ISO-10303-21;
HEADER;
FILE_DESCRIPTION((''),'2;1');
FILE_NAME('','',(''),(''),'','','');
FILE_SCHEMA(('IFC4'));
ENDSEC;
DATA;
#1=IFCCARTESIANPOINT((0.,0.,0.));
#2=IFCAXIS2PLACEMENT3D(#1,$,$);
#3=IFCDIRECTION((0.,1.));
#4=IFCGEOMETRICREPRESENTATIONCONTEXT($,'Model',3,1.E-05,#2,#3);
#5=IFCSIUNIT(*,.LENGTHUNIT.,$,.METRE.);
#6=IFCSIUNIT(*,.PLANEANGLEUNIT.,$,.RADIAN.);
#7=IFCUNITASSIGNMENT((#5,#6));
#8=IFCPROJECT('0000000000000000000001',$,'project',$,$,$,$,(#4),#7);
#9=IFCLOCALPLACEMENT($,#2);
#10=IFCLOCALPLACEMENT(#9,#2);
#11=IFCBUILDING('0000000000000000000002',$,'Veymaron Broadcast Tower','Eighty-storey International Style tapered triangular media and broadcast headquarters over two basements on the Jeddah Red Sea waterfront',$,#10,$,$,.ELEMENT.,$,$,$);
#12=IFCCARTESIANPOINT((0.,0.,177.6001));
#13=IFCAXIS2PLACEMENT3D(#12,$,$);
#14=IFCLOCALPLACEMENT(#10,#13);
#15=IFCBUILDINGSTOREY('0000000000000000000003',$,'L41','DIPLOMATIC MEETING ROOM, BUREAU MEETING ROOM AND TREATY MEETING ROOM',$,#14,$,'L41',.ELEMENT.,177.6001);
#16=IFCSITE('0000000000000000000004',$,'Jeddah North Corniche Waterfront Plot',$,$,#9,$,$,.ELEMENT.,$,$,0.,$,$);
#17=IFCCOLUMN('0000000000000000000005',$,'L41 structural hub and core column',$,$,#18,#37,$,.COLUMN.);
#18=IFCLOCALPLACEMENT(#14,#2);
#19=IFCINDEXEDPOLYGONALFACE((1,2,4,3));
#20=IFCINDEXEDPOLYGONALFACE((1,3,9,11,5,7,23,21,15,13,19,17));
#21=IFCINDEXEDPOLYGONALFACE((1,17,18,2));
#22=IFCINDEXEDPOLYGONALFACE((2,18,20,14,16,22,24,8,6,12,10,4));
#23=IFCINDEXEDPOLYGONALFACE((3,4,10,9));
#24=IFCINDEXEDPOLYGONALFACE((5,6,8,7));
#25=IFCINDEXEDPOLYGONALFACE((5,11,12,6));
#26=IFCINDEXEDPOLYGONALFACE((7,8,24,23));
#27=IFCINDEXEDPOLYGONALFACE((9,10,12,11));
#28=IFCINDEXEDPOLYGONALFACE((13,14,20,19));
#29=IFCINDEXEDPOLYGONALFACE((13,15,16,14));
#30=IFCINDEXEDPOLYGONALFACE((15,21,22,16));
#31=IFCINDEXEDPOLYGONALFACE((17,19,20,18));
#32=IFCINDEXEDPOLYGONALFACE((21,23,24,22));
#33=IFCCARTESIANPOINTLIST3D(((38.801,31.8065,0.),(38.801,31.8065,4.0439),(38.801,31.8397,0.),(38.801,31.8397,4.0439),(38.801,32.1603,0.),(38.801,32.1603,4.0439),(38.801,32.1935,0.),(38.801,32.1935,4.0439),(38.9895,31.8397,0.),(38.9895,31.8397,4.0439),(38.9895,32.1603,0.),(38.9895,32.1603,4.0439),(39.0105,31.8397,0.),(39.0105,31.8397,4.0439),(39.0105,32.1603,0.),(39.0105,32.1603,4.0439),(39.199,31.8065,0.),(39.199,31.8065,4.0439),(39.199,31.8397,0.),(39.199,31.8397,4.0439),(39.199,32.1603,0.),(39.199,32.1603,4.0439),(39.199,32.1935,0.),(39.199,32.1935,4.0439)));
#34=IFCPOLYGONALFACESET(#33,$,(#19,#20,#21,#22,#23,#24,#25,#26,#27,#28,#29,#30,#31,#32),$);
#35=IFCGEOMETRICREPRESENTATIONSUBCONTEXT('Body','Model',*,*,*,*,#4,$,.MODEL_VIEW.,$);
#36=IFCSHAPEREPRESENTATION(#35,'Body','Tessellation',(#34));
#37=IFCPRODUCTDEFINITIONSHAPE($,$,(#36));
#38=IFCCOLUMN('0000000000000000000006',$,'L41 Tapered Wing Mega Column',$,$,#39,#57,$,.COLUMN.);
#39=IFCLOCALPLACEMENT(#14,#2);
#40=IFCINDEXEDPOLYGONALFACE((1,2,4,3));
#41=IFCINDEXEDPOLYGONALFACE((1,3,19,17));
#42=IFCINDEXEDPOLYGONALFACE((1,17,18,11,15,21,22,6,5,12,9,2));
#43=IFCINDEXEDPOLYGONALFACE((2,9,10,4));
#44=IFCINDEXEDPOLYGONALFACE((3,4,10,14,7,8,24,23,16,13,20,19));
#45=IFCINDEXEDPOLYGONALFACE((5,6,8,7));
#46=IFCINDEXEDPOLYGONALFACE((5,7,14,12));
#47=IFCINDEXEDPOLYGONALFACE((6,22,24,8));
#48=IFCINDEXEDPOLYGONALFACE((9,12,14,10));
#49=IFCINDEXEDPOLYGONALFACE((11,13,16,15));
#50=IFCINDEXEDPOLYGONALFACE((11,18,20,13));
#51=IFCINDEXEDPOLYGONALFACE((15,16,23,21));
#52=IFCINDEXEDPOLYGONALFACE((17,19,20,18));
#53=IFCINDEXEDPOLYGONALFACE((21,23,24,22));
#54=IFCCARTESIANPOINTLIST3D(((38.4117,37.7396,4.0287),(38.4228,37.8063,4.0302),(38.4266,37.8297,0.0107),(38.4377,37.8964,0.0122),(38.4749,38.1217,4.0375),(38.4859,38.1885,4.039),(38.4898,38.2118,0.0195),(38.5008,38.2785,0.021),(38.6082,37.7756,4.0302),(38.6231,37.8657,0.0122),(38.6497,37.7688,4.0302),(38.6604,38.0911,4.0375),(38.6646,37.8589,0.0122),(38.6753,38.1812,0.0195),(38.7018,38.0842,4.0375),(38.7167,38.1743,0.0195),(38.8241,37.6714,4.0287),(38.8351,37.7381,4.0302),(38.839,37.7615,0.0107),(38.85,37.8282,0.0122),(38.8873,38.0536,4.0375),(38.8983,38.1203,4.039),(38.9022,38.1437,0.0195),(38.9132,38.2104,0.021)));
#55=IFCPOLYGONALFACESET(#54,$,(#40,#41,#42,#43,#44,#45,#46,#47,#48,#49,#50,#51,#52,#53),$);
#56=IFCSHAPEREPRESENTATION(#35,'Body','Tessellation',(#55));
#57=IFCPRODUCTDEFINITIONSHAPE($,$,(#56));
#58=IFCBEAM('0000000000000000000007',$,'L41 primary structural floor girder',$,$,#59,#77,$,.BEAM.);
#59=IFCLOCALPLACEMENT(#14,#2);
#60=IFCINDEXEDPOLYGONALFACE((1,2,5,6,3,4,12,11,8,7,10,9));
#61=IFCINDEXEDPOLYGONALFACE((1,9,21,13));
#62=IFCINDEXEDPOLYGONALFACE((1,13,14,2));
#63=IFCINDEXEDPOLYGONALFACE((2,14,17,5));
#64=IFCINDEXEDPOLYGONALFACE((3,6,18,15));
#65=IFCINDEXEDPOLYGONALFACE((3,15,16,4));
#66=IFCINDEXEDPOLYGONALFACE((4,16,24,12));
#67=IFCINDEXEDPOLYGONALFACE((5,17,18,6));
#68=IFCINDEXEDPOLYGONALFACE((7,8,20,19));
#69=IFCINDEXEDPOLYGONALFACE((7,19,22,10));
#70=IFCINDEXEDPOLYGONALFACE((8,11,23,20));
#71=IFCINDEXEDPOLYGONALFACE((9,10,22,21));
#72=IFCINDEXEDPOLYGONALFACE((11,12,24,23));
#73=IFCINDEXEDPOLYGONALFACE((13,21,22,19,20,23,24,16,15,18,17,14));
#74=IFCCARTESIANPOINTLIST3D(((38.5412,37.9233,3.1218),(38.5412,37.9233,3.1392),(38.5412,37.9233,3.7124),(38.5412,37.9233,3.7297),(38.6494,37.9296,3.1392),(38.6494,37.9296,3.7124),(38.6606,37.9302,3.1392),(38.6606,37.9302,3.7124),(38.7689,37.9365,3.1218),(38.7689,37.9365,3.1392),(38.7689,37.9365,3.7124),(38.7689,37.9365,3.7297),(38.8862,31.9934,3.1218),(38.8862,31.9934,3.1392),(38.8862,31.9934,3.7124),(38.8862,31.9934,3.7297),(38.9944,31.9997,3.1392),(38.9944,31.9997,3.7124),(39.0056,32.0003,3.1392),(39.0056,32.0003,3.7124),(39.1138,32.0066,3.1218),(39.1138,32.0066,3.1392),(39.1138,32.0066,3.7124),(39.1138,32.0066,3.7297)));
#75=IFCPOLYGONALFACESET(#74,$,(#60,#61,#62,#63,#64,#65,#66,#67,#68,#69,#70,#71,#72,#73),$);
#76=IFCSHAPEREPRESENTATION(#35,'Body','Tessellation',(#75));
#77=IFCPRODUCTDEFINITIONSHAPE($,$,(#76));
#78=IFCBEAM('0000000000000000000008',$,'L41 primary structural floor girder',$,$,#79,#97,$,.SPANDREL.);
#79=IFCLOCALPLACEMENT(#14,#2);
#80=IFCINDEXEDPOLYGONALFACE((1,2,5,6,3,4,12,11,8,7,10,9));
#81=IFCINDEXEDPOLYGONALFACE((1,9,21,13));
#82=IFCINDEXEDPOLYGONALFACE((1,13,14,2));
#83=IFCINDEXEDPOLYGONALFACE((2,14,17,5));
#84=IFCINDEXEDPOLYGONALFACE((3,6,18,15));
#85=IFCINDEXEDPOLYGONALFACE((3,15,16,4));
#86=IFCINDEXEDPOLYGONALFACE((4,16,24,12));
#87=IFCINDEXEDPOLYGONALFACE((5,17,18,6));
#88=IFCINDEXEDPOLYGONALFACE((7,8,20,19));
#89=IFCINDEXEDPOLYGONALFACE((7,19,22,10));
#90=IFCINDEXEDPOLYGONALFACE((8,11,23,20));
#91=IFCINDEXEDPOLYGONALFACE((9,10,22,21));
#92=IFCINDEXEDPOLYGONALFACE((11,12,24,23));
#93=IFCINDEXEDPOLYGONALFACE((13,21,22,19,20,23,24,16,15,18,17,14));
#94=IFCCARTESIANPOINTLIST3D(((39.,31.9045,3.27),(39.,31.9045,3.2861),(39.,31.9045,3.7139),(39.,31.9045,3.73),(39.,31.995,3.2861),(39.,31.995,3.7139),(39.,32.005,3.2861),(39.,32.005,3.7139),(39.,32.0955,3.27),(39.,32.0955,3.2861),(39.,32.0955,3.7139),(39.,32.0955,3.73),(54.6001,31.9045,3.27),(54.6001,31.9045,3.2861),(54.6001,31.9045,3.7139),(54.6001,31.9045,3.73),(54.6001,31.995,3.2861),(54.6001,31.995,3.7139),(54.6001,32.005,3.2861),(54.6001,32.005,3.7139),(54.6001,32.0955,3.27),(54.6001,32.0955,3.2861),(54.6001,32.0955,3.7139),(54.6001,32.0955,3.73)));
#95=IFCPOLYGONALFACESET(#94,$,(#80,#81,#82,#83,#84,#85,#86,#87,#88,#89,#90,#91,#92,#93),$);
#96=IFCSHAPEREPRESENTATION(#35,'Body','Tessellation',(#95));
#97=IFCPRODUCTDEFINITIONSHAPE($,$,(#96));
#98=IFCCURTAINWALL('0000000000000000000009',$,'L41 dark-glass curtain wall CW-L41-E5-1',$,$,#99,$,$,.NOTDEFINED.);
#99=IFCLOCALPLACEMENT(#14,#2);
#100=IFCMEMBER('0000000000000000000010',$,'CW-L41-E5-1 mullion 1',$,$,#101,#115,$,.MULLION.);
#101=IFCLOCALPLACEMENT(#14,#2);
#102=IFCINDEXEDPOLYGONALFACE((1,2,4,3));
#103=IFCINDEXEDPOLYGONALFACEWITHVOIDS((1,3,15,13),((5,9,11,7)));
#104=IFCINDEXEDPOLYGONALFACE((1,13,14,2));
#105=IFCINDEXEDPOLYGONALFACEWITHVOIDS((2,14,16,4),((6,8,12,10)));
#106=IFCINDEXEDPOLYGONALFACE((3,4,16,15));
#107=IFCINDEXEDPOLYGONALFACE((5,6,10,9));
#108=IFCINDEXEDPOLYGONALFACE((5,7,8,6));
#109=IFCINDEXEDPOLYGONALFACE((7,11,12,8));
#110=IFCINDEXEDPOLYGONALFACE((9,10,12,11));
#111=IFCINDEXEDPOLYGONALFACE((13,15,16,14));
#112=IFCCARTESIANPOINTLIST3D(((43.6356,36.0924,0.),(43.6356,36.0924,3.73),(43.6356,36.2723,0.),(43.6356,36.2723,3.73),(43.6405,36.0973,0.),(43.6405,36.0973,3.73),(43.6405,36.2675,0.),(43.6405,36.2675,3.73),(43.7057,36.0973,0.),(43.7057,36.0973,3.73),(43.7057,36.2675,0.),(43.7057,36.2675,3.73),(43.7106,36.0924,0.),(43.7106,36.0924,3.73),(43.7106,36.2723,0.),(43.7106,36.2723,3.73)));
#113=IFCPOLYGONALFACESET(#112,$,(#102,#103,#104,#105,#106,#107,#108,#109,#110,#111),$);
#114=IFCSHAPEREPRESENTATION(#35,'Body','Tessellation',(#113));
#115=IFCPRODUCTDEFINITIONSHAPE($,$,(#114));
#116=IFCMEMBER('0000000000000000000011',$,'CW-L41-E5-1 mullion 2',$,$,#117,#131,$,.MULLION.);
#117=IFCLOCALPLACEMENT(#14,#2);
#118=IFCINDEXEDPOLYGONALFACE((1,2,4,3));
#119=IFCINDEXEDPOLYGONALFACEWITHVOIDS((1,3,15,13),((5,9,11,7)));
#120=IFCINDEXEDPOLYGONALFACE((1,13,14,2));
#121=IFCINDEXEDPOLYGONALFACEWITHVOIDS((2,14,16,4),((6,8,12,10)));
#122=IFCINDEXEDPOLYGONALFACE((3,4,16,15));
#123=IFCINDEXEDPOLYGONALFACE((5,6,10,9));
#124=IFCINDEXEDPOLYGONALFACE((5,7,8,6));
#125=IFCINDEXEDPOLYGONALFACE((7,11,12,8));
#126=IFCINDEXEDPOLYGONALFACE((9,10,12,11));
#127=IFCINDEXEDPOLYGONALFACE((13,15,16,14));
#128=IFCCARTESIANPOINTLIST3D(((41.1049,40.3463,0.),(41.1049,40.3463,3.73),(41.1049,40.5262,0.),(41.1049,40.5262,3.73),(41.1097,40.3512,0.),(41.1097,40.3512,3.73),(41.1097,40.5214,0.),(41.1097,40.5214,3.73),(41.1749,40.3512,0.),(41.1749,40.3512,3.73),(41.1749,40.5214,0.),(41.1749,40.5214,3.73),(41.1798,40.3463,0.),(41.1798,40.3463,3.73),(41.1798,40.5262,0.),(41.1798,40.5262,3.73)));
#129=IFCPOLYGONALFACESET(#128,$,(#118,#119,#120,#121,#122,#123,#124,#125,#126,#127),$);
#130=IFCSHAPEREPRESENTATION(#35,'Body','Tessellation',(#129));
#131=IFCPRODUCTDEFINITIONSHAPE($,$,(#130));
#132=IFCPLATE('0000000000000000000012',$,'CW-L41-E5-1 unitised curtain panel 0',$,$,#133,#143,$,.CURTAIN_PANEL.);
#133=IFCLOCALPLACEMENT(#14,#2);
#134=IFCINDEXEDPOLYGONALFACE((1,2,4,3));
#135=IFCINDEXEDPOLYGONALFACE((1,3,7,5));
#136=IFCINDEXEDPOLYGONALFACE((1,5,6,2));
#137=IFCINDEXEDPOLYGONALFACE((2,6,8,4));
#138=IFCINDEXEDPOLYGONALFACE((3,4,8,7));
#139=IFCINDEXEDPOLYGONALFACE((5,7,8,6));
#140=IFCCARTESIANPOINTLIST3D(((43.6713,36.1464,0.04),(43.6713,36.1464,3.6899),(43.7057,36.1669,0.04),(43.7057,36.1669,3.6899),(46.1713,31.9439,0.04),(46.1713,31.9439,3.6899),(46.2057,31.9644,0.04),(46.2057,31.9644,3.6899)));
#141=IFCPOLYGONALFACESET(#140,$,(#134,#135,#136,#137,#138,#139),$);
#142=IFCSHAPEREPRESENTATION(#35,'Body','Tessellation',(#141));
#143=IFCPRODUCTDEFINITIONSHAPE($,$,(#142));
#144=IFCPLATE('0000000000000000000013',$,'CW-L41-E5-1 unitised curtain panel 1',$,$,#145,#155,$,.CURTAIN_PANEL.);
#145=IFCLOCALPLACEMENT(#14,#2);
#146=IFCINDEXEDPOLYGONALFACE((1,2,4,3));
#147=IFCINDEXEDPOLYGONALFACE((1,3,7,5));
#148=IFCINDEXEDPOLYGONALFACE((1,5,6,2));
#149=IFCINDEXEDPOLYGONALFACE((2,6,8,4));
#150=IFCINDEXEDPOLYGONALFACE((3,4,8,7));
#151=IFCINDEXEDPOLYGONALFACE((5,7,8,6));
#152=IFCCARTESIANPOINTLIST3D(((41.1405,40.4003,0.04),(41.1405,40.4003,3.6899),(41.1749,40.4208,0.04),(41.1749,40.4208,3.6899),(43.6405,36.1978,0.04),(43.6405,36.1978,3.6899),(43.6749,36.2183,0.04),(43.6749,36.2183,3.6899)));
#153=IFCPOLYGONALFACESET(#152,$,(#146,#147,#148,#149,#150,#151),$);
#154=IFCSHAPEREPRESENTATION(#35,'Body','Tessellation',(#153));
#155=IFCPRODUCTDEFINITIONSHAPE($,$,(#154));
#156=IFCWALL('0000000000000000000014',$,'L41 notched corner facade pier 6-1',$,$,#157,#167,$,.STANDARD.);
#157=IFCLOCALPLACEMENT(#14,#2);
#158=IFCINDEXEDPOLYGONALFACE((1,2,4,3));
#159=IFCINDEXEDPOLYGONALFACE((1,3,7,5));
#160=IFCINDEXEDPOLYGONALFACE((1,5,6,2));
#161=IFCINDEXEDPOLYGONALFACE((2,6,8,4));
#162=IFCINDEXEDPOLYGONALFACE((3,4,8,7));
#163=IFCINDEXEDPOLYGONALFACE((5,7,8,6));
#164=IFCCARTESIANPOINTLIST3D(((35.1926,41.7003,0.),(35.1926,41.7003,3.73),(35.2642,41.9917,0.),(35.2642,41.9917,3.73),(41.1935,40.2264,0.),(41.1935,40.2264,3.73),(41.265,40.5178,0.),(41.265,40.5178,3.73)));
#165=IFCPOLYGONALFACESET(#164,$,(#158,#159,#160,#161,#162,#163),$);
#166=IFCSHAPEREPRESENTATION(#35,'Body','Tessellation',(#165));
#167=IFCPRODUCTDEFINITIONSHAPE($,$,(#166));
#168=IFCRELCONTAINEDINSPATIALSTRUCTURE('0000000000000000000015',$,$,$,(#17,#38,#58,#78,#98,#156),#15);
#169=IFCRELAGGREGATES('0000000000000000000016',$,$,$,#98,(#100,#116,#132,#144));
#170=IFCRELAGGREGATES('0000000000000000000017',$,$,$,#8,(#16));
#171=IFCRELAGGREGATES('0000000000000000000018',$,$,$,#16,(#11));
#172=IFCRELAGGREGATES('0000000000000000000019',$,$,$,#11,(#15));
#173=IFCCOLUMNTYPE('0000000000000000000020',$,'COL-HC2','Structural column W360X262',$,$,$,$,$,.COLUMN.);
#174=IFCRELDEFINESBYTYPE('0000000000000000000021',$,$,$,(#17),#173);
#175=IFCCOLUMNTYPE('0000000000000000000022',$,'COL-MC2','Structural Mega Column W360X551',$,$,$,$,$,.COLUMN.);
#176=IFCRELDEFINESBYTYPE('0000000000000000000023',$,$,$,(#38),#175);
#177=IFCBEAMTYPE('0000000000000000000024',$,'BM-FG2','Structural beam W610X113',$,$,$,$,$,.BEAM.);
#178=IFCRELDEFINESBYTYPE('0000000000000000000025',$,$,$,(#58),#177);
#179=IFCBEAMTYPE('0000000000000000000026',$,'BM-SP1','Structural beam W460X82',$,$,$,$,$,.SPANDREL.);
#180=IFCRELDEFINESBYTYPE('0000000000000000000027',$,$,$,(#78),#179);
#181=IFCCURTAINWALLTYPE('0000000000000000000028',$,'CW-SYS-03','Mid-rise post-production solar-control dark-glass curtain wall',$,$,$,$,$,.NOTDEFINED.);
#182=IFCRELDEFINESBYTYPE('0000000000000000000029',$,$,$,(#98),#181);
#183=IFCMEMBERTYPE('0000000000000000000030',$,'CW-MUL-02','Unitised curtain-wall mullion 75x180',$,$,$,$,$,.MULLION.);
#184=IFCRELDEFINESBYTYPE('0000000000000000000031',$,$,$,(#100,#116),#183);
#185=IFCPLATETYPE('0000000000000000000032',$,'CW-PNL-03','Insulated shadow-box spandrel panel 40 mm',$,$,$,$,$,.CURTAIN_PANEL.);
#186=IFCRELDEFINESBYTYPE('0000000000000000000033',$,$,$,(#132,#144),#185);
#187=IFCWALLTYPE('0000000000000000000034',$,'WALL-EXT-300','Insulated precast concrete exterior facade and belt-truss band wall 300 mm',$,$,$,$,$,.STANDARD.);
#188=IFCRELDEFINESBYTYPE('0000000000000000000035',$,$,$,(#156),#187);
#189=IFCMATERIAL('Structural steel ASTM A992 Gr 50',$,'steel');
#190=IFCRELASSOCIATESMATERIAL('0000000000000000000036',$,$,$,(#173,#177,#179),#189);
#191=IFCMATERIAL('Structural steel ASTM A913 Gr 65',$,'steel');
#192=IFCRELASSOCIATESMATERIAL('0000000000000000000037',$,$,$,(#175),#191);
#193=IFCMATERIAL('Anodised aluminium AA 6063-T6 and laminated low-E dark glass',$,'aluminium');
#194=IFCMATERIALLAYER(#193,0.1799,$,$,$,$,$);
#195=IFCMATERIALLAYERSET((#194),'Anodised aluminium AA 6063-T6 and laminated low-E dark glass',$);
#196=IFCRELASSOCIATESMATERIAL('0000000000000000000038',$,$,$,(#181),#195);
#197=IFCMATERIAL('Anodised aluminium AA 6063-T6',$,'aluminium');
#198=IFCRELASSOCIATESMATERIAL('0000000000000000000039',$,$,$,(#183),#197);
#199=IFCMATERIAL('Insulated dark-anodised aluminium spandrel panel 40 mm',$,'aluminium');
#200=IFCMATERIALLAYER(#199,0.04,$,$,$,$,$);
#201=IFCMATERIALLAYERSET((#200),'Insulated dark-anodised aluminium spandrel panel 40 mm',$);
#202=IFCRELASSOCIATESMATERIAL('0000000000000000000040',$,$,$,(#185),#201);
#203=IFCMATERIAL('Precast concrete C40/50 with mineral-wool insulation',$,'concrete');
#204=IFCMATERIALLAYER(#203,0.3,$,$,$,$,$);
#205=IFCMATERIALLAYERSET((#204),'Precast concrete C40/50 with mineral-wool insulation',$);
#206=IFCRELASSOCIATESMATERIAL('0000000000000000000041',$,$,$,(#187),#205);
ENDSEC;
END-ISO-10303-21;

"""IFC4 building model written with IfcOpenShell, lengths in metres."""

from ifc_helpers import new_model, si_unit, direction, frame, frame_2d, origin, origin_2d, place, context, subcontext, project, spatial, rectangle, hollow_rectangle, i_section, extrude, material, layer, layer_set, material_profile, profile_set, type_object, element, aggregate, save


model = new_model("IFC4")

# Units and contexts
model_context = context("Model", 3, precision=1e-05, world=origin(), true_north=direction((0.0, 1.0)))
body_context = subcontext(model_context, "Body", "Model", "MODEL_VIEW")
ifc_project = project(units=[si_unit("LENGTHUNIT", "METRE"), si_unit("PLANEANGLEUNIT", "RADIAN")], contexts=[model_context])

# Site, building, storey
site_placement = place(None, origin())
site = spatial("IfcSite", under=ifc_project, at=site_placement, Name="Jeddah North Corniche Waterfront Plot", CompositionType="ELEMENT", RefElevation=0.0)
building_placement = place(site_placement, origin())
building = spatial("IfcBuilding", under=site, at=building_placement, Name="Veymaron Broadcast Tower", Description="Eighty-storey International Style tapered triangular media and broadcast headquarters over two basements on the Jeddah Red Sea waterfront", CompositionType="ELEMENT")
storey_placement = place(building_placement, frame((0.0, 0.0, 177.6001)))
storey = spatial("IfcBuildingStorey", under=building, at=storey_placement, Name="L41", Description="DIPLOMATIC MEETING ROOM, BUREAU MEETING ROOM AND TREATY MEETING ROOM", LongName="L41", CompositionType="ELEMENT", Elevation=177.6001)

# Columns
ifc_material_1 = material(Name="Structural steel ASTM A992 Gr 50", Category="steel")
ifc_material_profile_1 = material_profile(ifc_material_1, i_section(OverallWidth=0.3979, OverallDepth=0.387, WebThickness=0.021, FlangeThickness=0.0332, at=origin_2d()), Name="W360X262")
ifc_profile_set_1 = profile_set([ifc_material_profile_1], Name="Structural steel ASTM A992 Gr 50")
column_type_1 = type_object("IfcColumnType", Name="COL-HC2", Description="Structural column W360X262", PredefinedType="COLUMN", material=ifc_profile_set_1)
column_1_placement = place(storey_placement, frame((39.0, 32.0, 0.0), z_axis=(0.0, 0.0, 1.0), x_axis=(1.0, 0.0, 0.0)))
element("IfcColumn", 1, at=column_1_placement, inside=storey, type_object=column_type_1, Name="L41 structural hub and core column", PredefinedType="COLUMN", context=body_context, shape_type="SweptSolid", body=[
    extrude(i_section(OverallWidth=0.3979, OverallDepth=0.387, WebThickness=0.021, FlangeThickness=0.0332, at=origin_2d()), origin(), (0.0, 0.0, 1.0), 4.0439),
])
ifc_material_2 = material(Name="Structural steel ASTM A913 Gr 65", Category="steel")
ifc_material_profile_2 = material_profile(ifc_material_2, i_section(OverallWidth=0.418, OverallDepth=0.4551, WebThickness=0.042, FlangeThickness=0.0676, at=origin_2d()), Name="W360X551")
ifc_profile_set_2 = profile_set([ifc_material_profile_2], Name="Structural steel ASTM A913 Gr 65")
column_type_2 = type_object("IfcColumnType", Name="COL-MC2", Description="Structural Mega Column W360X551", PredefinedType="COLUMN", material=ifc_profile_set_2)
column_2_placement = place(storey_placement, frame((38.6699, 38.02, 0.0159), z_axis=(-0.003705, -0.022415, 0.999742), x_axis=(0.98661, -0.163098, 0.0)))
element("IfcColumn", 2, at=column_2_placement, inside=storey, type_object=column_type_2, Name="L41 Tapered Wing Mega Column", PredefinedType="COLUMN", context=body_context, shape_type="SweptSolid", body=[
    extrude(i_section(OverallWidth=0.418, OverallDepth=0.4551, WebThickness=0.042, FlangeThickness=0.0676, at=origin_2d()), origin(), (0.0, 0.0, 1.0), 4.019),
])

# Beams
ifc_material_profile_3 = material_profile(ifc_material_1, i_section(OverallWidth=0.228, OverallDepth=0.6079, WebThickness=0.0112, FlangeThickness=0.0173, at=origin_2d()), Name="W610X113")
ifc_profile_set_3 = profile_set([ifc_material_profile_3], Name="Structural steel ASTM A992 Gr 50")
beam_type_1 = type_object("IfcBeamType", Name="BM-FG2", Description="Structural beam W610X113", PredefinedType="BEAM", material=ifc_profile_set_3)
beam_1_placement = place(storey_placement, frame((39.0, 32.0, 3.4258), z_axis=(-0.058076, 0.998312, 0.0), x_axis=(-0.998312, -0.058076, 0.0)))
element("IfcBeam", 3, at=beam_1_placement, inside=storey, type_object=beam_type_1, Name="L41 primary structural floor girder", PredefinedType="BEAM", context=body_context, shape_type="SweptSolid", body=[
    extrude(i_section(OverallWidth=0.228, OverallDepth=0.6079, WebThickness=0.0112, FlangeThickness=0.0173, at=origin_2d()), origin(), (0.0, 0.0, 1.0), 5.9399),
])
ifc_material_profile_4 = material_profile(ifc_material_1, i_section(OverallWidth=0.1909, OverallDepth=0.46, WebThickness=0.01, FlangeThickness=0.0161, at=origin_2d()), Name="W460X82")
ifc_profile_set_4 = profile_set([ifc_material_profile_4], Name="Structural steel ASTM A992 Gr 50")
beam_type_2 = type_object("IfcBeamType", Name="BM-SP1", Description="Structural beam W460X82", PredefinedType="SPANDREL", material=ifc_profile_set_4)
beam_2_placement = place(storey_placement, frame((39.0, 32.0, 3.5), z_axis=(1.0, 0.0, 0.0), x_axis=(0.0, 1.0, 0.0)))
element("IfcBeam", 4, at=beam_2_placement, inside=storey, type_object=beam_type_2, Name="L41 primary structural floor girder", PredefinedType="SPANDREL", context=body_context, shape_type="SweptSolid", body=[
    extrude(i_section(OverallWidth=0.1909, OverallDepth=0.46, WebThickness=0.01, FlangeThickness=0.0161, at=origin_2d()), origin(), (0.0, 0.0, 1.0), 15.6001),
])

# Curtain wall, members, plates
ifc_material_3 = material(Name="Anodised aluminium AA 6063-T6 and laminated low-E dark glass", Category="aluminium")
ifc_layer_1 = layer(ifc_material_3, 0.1799)
ifc_layer_set_1 = layer_set([ifc_layer_1], Name="Anodised aluminium AA 6063-T6 and laminated low-E dark glass")
curtain_wall_type = type_object("IfcCurtainWallType", Name="CW-SYS-03", Description="Mid-rise post-production solar-control dark-glass curtain wall", PredefinedType="NOTDEFINED", material=ifc_layer_set_1)
curtain_wall_placement = place(storey_placement, origin())
curtain_wall = element("IfcCurtainWall", 5, at=curtain_wall_placement, inside=storey, type_object=curtain_wall_type, Name="L41 dark-glass curtain wall CW-L41-E5-1", PredefinedType="NOTDEFINED")
ifc_material_4 = material(Name="Anodised aluminium AA 6063-T6", Category="aluminium")
ifc_material_profile_5 = material_profile(ifc_material_4, hollow_rectangle(XDim=0.075, YDim=0.1799, WallThickness=0.0049, at=origin_2d()), Name="AL180X75X5")
ifc_profile_set_5 = profile_set([ifc_material_profile_5], Name="Anodised aluminium AA 6063-T6")
member_type = type_object("IfcMemberType", Name="CW-MUL-02", Description="Unitised curtain-wall mullion 75x180", PredefinedType="MULLION", material=ifc_profile_set_5)
member_1_placement = place(storey_placement, frame((43.6731, 36.1824, 0.0), z_axis=(0.0, 0.0, 1.0), x_axis=(1.0, 0.0, 0.0)))
member_1 = element("IfcMember", 6, at=member_1_placement, type_object=member_type, Name="CW-L41-E5-1 mullion 1", PredefinedType="MULLION", context=body_context, shape_type="SweptSolid", body=[
    extrude(hollow_rectangle(XDim=0.075, YDim=0.1799, WallThickness=0.0049, at=origin_2d()), origin(), (0.0, 0.0, 1.0), 3.73),
])
member_2_placement = place(storey_placement, frame((41.1423, 40.4363, 0.0), z_axis=(0.0, 0.0, 1.0), x_axis=(1.0, 0.0, 0.0)))
member_2 = element("IfcMember", 7, at=member_2_placement, type_object=member_type, Name="CW-L41-E5-1 mullion 2", PredefinedType="MULLION", context=body_context, shape_type="SweptSolid", body=[
    extrude(hollow_rectangle(XDim=0.075, YDim=0.1799, WallThickness=0.0049, at=origin_2d()), origin(), (0.0, 0.0, 1.0), 3.73),
])
ifc_material_5 = material(Name="Insulated dark-anodised aluminium spandrel panel 40 mm", Category="aluminium")
ifc_layer_2 = layer(ifc_material_5, 0.04)
ifc_layer_set_2 = layer_set([ifc_layer_2], Name="Insulated dark-anodised aluminium spandrel panel 40 mm")
plate_type = type_object("IfcPlateType", Name="CW-PNL-03", Description="Insulated shadow-box spandrel panel 40 mm", PredefinedType="CURTAIN_PANEL", material=ifc_layer_set_2)
plate_1_placement = place(storey_placement, frame((44.9385, 34.0554, 0.04), z_axis=(0.0, 0.0, 1.0), x_axis=(-0.511263, 0.859424, 0.0)))
plate_1 = element("IfcPlate", 8, at=plate_1_placement, type_object=plate_type, Name="CW-L41-E5-1 unitised curtain panel 0", PredefinedType="CURTAIN_PANEL", context=body_context, shape_type="SweptSolid", body=[
    extrude(rectangle(XDim=4.8899, YDim=0.04, at=origin_2d()), origin(), (0.0, 0.0, 1.0), 3.6499),
])
plate_2_placement = place(storey_placement, frame((42.4077, 38.3093, 0.04), z_axis=(0.0, 0.0, 1.0), x_axis=(-0.511263, 0.859424, 0.0)))
plate_2 = element("IfcPlate", 9, at=plate_2_placement, type_object=plate_type, Name="CW-L41-E5-1 unitised curtain panel 1", PredefinedType="CURTAIN_PANEL", context=body_context, shape_type="SweptSolid", body=[
    extrude(rectangle(XDim=4.8899, YDim=0.04, at=origin_2d()), origin(), (0.0, 0.0, 1.0), 3.6499),
])
aggregate(curtain_wall, [member_1, member_2, plate_1, plate_2])

# Wall
ifc_material_6 = material(Name="Precast concrete C40/50 with mineral-wool insulation", Category="concrete")
ifc_layer_3 = layer(ifc_material_6, 0.3)
ifc_layer_set_3 = layer_set([ifc_layer_3], Name="Precast concrete C40/50 with mineral-wool insulation")
wall_type_1 = type_object("IfcWallType", Name="WALL-EXT-300", Description="Insulated precast concrete exterior facade and belt-truss band wall 300 mm", PredefinedType="STANDARD", material=ifc_layer_set_3)
wall_1_placement = place(storey_placement, frame((41.2292, 40.3721, 0.0), z_axis=(0.0, 0.0, 1.0), x_axis=(-0.971136, 0.238527, 0.0)))
element("IfcWall", 10, at=wall_1_placement, inside=storey, type_object=wall_type_1, Name="L41 notched corner facade pier 6-1", PredefinedType="STANDARD", context=body_context, shape_type="SweptSolid", body=[
    extrude(rectangle(XDim=6.1792, YDim=0.3, at=frame_2d((3.0896, 0.0))), origin(), (0.0, 0.0, 1.0), 3.73),
])

save(model, "model.ifc")
